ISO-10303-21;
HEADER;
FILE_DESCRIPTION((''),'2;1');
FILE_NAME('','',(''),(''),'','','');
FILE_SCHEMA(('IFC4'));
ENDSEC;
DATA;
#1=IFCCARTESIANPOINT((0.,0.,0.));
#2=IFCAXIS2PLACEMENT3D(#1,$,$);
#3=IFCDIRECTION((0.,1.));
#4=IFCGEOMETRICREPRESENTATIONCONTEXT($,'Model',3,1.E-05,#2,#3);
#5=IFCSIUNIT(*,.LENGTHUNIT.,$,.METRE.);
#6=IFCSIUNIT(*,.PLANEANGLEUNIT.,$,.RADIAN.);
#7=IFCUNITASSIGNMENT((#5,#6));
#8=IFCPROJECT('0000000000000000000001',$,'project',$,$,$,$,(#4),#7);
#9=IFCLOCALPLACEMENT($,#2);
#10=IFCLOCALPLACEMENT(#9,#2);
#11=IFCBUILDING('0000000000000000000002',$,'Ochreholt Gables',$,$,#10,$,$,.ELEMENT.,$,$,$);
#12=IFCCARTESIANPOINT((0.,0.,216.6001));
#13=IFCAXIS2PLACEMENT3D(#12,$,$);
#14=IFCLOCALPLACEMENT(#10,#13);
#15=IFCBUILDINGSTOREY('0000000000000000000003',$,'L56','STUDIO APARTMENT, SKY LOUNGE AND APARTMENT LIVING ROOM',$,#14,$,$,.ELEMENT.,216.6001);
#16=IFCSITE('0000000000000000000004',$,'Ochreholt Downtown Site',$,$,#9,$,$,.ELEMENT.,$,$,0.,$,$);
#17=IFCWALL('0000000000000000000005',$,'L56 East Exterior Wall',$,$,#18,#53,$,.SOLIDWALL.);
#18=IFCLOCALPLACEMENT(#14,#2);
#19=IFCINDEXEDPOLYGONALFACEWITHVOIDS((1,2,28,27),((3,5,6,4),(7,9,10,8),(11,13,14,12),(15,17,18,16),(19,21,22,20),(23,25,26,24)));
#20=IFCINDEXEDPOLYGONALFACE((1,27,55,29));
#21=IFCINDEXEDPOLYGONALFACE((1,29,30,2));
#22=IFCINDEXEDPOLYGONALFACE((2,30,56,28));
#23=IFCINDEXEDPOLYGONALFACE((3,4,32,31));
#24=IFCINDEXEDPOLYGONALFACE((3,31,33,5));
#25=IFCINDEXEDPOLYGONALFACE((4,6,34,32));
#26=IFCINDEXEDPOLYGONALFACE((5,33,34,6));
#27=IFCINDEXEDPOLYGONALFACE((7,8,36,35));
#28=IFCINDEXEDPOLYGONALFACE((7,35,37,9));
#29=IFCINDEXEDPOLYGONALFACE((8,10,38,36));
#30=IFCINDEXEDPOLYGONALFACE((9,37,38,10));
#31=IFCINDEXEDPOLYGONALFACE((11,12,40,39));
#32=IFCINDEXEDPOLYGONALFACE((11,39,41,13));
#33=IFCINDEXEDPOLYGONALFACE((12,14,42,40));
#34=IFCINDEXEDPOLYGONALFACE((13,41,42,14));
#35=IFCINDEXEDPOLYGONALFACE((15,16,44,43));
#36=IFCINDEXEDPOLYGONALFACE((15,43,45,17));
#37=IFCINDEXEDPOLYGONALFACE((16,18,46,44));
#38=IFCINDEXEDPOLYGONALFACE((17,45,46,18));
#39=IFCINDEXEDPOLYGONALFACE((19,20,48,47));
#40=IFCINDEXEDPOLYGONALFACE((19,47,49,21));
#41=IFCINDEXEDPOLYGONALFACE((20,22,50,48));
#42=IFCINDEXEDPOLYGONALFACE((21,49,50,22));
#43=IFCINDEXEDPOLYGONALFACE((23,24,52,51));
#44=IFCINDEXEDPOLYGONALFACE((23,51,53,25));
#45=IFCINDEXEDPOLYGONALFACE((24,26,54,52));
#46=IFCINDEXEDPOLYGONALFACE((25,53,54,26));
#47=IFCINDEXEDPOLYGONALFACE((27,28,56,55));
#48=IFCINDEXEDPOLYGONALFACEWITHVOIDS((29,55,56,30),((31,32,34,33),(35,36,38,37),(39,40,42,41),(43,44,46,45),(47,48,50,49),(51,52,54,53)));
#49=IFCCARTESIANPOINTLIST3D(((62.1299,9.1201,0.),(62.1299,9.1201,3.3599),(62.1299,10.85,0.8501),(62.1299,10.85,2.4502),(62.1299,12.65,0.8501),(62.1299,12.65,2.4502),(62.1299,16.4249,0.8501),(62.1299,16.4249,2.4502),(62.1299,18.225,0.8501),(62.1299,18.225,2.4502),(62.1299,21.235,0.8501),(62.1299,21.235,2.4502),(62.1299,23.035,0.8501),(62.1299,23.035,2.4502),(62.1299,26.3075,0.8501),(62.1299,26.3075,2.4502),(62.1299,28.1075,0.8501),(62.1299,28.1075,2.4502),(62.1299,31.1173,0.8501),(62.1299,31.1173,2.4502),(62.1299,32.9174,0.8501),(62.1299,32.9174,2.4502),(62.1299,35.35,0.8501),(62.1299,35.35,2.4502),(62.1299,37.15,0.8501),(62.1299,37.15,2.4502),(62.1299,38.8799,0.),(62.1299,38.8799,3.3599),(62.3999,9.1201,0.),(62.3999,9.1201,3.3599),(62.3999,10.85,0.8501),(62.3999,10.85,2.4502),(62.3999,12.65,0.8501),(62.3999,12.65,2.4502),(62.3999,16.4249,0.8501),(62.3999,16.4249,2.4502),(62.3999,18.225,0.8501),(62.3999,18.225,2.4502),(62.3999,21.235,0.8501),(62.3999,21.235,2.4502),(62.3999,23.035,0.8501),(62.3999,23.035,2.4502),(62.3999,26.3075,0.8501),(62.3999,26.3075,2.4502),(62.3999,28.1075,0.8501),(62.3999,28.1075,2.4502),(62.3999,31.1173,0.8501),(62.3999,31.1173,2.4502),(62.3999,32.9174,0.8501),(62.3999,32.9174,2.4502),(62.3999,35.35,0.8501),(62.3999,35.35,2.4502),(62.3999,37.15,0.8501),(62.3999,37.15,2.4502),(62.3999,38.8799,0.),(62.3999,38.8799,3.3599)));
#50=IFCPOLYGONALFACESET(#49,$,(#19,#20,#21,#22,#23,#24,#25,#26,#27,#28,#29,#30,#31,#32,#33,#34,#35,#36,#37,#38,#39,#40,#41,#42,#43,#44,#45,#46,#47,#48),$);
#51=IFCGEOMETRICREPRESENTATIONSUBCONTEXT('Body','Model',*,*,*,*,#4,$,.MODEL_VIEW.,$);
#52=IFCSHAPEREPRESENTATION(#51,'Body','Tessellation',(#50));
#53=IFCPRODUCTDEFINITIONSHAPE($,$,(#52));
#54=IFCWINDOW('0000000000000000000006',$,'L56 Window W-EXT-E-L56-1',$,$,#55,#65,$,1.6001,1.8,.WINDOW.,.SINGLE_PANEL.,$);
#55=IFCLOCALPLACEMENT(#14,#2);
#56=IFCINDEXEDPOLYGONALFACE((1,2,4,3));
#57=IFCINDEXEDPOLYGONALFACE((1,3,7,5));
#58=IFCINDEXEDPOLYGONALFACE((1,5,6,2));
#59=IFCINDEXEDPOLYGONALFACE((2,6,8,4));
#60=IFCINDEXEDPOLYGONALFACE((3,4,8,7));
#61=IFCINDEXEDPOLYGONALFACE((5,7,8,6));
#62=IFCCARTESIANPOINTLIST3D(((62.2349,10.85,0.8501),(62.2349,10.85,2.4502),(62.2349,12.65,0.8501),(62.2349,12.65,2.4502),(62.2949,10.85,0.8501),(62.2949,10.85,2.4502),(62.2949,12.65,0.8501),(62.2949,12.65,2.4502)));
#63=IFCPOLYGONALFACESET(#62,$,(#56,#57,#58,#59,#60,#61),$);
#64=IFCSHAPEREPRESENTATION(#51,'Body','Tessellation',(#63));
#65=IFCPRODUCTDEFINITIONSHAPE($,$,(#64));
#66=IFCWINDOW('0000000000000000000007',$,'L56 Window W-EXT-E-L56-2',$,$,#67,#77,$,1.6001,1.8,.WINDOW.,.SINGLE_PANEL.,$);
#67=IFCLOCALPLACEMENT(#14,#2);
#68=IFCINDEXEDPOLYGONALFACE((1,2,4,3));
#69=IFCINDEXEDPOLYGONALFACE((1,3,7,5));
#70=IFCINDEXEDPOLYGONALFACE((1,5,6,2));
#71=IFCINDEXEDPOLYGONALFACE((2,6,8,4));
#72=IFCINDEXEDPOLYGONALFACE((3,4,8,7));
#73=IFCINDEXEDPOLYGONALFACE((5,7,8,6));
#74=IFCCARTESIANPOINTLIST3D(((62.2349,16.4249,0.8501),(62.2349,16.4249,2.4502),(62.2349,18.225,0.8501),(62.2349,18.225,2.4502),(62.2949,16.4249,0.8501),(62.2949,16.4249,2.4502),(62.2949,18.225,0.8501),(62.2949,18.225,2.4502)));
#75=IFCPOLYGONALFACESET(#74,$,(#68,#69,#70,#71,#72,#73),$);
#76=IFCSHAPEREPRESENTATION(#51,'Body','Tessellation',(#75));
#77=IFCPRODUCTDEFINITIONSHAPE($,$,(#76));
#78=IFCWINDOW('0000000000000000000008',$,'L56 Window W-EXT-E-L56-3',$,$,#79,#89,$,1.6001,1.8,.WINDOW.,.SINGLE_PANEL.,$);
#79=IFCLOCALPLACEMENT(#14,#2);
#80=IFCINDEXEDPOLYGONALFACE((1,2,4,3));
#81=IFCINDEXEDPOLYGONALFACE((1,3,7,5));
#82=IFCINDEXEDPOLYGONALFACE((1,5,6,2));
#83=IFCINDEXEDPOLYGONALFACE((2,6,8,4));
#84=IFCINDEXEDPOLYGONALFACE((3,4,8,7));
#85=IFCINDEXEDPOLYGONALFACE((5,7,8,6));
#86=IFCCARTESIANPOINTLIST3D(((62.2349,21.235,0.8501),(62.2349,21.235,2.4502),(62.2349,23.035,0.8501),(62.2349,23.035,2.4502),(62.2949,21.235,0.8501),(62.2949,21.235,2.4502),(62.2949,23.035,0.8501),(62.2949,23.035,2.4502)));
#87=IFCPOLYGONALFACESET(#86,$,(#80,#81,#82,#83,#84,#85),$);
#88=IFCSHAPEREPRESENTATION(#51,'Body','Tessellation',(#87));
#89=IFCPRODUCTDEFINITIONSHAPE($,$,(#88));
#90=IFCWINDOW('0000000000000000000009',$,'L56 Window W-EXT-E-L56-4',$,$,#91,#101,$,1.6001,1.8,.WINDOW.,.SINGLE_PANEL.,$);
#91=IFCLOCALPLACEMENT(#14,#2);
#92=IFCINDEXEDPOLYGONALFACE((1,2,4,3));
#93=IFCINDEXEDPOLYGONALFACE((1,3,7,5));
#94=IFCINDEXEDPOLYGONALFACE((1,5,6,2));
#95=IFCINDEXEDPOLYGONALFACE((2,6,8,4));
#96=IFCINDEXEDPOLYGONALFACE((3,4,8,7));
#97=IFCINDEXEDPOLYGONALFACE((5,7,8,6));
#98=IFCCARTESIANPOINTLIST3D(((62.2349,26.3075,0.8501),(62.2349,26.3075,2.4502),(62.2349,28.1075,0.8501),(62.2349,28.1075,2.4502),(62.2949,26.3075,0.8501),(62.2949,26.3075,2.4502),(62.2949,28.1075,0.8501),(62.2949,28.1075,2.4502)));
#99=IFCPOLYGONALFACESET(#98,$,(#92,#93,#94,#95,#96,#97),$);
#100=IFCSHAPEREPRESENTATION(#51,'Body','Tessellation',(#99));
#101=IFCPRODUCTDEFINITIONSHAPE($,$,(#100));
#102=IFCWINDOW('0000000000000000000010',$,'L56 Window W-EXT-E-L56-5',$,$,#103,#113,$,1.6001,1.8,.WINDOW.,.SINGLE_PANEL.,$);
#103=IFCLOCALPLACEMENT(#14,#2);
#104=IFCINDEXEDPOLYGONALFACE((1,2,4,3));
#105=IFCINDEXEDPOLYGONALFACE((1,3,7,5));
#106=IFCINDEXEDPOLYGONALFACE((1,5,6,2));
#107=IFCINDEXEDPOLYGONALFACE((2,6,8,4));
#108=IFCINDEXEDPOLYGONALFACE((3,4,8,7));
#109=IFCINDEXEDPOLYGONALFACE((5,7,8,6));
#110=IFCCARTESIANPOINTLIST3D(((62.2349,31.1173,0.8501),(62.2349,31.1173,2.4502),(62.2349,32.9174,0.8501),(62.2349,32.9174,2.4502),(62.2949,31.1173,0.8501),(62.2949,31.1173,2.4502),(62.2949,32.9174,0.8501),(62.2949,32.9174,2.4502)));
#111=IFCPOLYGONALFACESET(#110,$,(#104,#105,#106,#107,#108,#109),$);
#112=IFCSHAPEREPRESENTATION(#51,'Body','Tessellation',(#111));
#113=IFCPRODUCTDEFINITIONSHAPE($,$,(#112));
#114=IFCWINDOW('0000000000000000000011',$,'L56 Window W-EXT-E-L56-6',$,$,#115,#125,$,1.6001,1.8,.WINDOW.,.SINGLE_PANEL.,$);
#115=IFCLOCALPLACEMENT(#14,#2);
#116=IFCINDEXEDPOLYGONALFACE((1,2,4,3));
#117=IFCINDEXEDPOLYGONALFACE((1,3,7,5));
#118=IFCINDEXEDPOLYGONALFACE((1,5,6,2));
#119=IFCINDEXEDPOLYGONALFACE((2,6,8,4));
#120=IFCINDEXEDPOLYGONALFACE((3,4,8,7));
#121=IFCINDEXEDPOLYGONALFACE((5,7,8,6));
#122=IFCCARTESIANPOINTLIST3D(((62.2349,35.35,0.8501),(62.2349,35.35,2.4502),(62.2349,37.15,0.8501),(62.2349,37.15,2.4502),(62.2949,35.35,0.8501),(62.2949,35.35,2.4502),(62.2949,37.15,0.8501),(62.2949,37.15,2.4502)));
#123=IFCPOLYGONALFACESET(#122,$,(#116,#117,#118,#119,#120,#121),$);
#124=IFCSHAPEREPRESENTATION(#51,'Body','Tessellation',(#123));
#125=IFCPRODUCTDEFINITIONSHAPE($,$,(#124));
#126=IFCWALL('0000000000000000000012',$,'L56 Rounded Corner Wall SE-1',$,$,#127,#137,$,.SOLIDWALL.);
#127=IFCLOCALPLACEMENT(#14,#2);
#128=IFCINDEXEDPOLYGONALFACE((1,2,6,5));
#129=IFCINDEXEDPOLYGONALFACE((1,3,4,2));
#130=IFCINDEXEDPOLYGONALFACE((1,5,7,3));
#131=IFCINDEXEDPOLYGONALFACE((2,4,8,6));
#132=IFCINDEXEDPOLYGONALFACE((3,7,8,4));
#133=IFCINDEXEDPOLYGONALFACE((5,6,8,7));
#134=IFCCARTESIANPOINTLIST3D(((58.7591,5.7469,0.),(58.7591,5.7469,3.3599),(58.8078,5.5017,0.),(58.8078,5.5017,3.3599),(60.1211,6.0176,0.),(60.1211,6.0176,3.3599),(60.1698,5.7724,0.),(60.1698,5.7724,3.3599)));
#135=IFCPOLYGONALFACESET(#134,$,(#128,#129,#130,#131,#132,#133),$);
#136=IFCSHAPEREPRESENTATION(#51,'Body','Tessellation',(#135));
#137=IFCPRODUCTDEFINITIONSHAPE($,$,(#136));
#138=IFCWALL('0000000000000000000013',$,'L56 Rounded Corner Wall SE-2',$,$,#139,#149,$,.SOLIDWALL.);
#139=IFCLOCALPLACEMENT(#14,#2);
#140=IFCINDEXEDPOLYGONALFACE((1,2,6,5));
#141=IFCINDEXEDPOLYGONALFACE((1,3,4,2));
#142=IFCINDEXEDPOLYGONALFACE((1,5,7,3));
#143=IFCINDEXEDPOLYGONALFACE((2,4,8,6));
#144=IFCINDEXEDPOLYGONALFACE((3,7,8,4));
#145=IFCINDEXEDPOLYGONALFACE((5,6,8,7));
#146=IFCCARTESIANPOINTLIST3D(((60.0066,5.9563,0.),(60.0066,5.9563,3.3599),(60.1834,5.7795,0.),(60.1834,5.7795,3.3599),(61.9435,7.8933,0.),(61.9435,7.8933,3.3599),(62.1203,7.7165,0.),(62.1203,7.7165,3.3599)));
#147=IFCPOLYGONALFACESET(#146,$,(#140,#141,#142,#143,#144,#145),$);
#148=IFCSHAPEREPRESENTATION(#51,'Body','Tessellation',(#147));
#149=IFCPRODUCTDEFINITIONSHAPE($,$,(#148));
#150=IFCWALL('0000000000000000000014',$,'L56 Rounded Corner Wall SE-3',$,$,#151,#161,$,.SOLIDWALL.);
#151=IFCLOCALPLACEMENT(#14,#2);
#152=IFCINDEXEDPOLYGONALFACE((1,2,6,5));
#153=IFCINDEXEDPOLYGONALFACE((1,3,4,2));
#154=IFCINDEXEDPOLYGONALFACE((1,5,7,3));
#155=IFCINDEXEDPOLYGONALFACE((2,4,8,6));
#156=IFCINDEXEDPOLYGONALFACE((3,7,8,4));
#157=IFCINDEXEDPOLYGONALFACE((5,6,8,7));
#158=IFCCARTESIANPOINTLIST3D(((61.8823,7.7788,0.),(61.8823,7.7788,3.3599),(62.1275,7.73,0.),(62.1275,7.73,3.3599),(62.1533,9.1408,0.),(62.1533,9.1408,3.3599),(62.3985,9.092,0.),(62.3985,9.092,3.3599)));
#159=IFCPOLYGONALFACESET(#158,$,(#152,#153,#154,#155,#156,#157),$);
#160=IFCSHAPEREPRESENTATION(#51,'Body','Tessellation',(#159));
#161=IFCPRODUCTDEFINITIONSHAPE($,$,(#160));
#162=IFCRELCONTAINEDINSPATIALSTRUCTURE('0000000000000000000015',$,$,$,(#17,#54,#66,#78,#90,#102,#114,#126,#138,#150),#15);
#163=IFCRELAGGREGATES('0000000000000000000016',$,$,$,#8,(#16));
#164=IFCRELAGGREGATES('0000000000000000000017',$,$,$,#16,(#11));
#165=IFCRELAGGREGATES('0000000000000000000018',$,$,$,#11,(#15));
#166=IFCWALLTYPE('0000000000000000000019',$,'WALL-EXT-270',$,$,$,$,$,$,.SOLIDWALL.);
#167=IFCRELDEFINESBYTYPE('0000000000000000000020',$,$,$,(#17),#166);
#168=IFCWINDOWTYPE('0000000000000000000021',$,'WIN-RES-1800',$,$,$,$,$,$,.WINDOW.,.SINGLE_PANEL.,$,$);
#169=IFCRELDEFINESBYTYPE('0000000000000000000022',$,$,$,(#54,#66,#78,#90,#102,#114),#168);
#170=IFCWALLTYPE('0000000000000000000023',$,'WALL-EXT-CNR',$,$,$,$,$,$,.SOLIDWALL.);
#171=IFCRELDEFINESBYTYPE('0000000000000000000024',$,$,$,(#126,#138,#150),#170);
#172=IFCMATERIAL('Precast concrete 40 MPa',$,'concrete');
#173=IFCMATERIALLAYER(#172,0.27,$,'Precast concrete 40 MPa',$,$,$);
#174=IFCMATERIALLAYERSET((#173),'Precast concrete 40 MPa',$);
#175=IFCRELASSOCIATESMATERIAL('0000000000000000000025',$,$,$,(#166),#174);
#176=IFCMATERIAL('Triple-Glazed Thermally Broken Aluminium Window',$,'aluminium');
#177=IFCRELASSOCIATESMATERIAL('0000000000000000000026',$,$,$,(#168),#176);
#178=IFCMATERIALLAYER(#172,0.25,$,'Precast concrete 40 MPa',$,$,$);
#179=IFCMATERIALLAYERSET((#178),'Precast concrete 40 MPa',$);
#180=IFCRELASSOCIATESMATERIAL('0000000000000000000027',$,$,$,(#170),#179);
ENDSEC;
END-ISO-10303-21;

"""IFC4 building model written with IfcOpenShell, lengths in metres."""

from ifc_helpers import new_model, si_unit, direction, frame, frame_2d, origin, place, context, subcontext, project, spatial, rectangle, extrude, material, layer, layer_set, type_object, element, fill, save


model = new_model("IFC4")

# Units and contexts
model_context = context("Model", 3, precision=1e-05, world=origin(), true_north=direction((0.0, 1.0)))
body_context = subcontext(model_context, "Body", "Model", "MODEL_VIEW")
ifc_project = project(units=[si_unit("LENGTHUNIT", "METRE"), si_unit("PLANEANGLEUNIT", "RADIAN")], contexts=[model_context])

# Site, building, storey
site_placement = place(None, origin())
site = spatial("IfcSite", under=ifc_project, at=site_placement, Name="Ochreholt Downtown Site", CompositionType="ELEMENT", RefElevation=0.0)
building_placement = place(site_placement, origin())
building = spatial("IfcBuilding", under=site, at=building_placement, Name="Ochreholt Gables", CompositionType="ELEMENT")
storey_placement = place(building_placement, frame((0.0, 0.0, 216.6001)))
storey = spatial("IfcBuildingStorey", under=building, at=storey_placement, Name="L56", Description="STUDIO APARTMENT, SKY LOUNGE AND APARTMENT LIVING ROOM", CompositionType="ELEMENT", Elevation=216.6001)

# Wall, openings, windows
ifc_material_1 = material(Name="Precast concrete 40 MPa", Category="concrete")
ifc_layer_1 = layer(ifc_material_1, 0.27, Name="Precast concrete 40 MPa")
ifc_layer_set_1 = layer_set([ifc_layer_1], Name="Precast concrete 40 MPa")
wall_type_1 = type_object("IfcWallType", Name="WALL-EXT-270", PredefinedType="SOLIDWALL", material=ifc_layer_set_1)
wall_1_placement = place(storey_placement, frame((62.2649, 9.1201, 0.0), z_axis=(0.0, 0.0, 1.0), x_axis=(0.0, 1.0, 0.0)))
wall_1 = element("IfcWall", 1, at=wall_1_placement, inside=storey, type_object=wall_type_1, Name="L56 East Exterior Wall", PredefinedType="SOLIDWALL", context=body_context, shape_type="SweptSolid", body=[
    extrude(rectangle(XDim=29.7598, YDim=0.27, at=frame_2d((14.8799, 0.0))), origin(), (0.0, 0.0, 1.0), 3.3599),
])
opening_1_placement = place(wall_1_placement, frame((1.73, 0.0, 0.8501)))
opening_1 = element("IfcOpeningElement", 2, at=opening_1_placement, cuts=wall_1, PredefinedType="OPENING", context=body_context, shape_type="SweptSolid", body=[
    extrude(rectangle(XDim=1.8, YDim=1.6001, at=frame_2d((0.8999, 0.8))), frame((0.0, 0.145, 0.0), z_axis=(0.0, -1.0, 0.0), x_axis=(1.0, 0.0, 0.0)), (0.0, 0.0, 1.0), 0.29),
])
opening_2_placement = place(wall_1_placement, frame((7.3049, 0.0, 0.8501)))
opening_2 = element("IfcOpeningElement", 3, at=opening_2_placement, cuts=wall_1, PredefinedType="OPENING", context=body_context, shape_type="SweptSolid", body=[
    extrude(rectangle(XDim=1.8, YDim=1.6001, at=frame_2d((0.8999, 0.8))), frame((0.0, 0.145, 0.0), z_axis=(0.0, -1.0, 0.0), x_axis=(1.0, 0.0, 0.0)), (0.0, 0.0, 1.0), 0.29),
])
opening_3_placement = place(wall_1_placement, frame((12.115, 0.0, 0.8501)))
opening_3 = element("IfcOpeningElement", 4, at=opening_3_placement, cuts=wall_1, PredefinedType="OPENING", context=body_context, shape_type="SweptSolid", body=[
    extrude(rectangle(XDim=1.8, YDim=1.6001, at=frame_2d((0.8999, 0.8))), frame((0.0, 0.145, 0.0), z_axis=(0.0, -1.0, 0.0), x_axis=(1.0, 0.0, 0.0)), (0.0, 0.0, 1.0), 0.29),
])
opening_4_placement = place(wall_1_placement, frame((17.1875, 0.0, 0.8501)))
opening_4 = element("IfcOpeningElement", 5, at=opening_4_placement, cuts=wall_1, PredefinedType="OPENING", context=body_context, shape_type="SweptSolid", body=[
    extrude(rectangle(XDim=1.8, YDim=1.6001, at=frame_2d((0.8999, 0.8))), frame((0.0, 0.145, 0.0), z_axis=(0.0, -1.0, 0.0), x_axis=(1.0, 0.0, 0.0)), (0.0, 0.0, 1.0), 0.29),
])
opening_5_placement = place(wall_1_placement, frame((21.9973, 0.0, 0.8501)))
opening_5 = element("IfcOpeningElement", 6, at=opening_5_placement, cuts=wall_1, PredefinedType="OPENING", context=body_context, shape_type="SweptSolid", body=[
    extrude(rectangle(XDim=1.8, YDim=1.6001, at=frame_2d((0.8999, 0.8))), frame((0.0, 0.145, 0.0), z_axis=(0.0, -1.0, 0.0), x_axis=(1.0, 0.0, 0.0)), (0.0, 0.0, 1.0), 0.29),
])
opening_6_placement = place(wall_1_placement, frame((26.23, 0.0, 0.8501)))
opening_6 = element("IfcOpeningElement", 7, at=opening_6_placement, cuts=wall_1, PredefinedType="OPENING", context=body_context, shape_type="SweptSolid", body=[
    extrude(rectangle(XDim=1.8, YDim=1.6001, at=frame_2d((0.8999, 0.8))), frame((0.0, 0.145, 0.0), z_axis=(0.0, -1.0, 0.0), x_axis=(1.0, 0.0, 0.0)), (0.0, 0.0, 1.0), 0.29),
])
ifc_material_2 = material(Name="Triple-Glazed Thermally Broken Aluminium Window", Category="aluminium")
window_type = type_object("IfcWindowType", Name="WIN-RES-1800", PartitioningType="SINGLE_PANEL", PredefinedType="WINDOW", material=ifc_material_2)
window_1_placement = place(opening_1_placement, origin())
window_1 = element("IfcWindow", 8, at=window_1_placement, inside=storey, type_object=window_type, Name="L56 Window W-EXT-E-L56-1", OverallHeight=1.6001, OverallWidth=1.8, PartitioningType="SINGLE_PANEL", PredefinedType="WINDOW", context=body_context, shape_type="SweptSolid", body=[
    extrude(rectangle(XDim=1.8, YDim=1.6001, at=frame_2d((0.8999, 0.8))), frame((0.0, 0.03, 0.0), z_axis=(0.0, -1.0, 0.0), x_axis=(1.0, 0.0, 0.0)), (0.0, 0.0, 1.0), 0.0601),
])
fill(opening_1, window_1)
window_2_placement = place(opening_2_placement, origin())
window_2 = element("IfcWindow", 9, at=window_2_placement, inside=storey, type_object=window_type, Name="L56 Window W-EXT-E-L56-2", OverallHeight=1.6001, OverallWidth=1.8, PartitioningType="SINGLE_PANEL", PredefinedType="WINDOW", context=body_context, shape_type="SweptSolid", body=[
    extrude(rectangle(XDim=1.8, YDim=1.6001, at=frame_2d((0.8999, 0.8))), frame((0.0, 0.03, 0.0), z_axis=(0.0, -1.0, 0.0), x_axis=(1.0, 0.0, 0.0)), (0.0, 0.0, 1.0), 0.0601),
])
fill(opening_2, window_2)
window_3_placement = place(opening_3_placement, origin())
window_3 = element("IfcWindow", 10, at=window_3_placement, inside=storey, type_object=window_type, Name="L56 Window W-EXT-E-L56-3", OverallHeight=1.6001, OverallWidth=1.8, PartitioningType="SINGLE_PANEL", PredefinedType="WINDOW", context=body_context, shape_type="SweptSolid", body=[
    extrude(rectangle(XDim=1.8, YDim=1.6001, at=frame_2d((0.8999, 0.8))), frame((0.0, 0.03, 0.0), z_axis=(0.0, -1.0, 0.0), x_axis=(1.0, 0.0, 0.0)), (0.0, 0.0, 1.0), 0.0601),
])
fill(opening_3, window_3)
window_4_placement = place(opening_4_placement, origin())
window_4 = element("IfcWindow", 11, at=window_4_placement, inside=storey, type_object=window_type, Name="L56 Window W-EXT-E-L56-4", OverallHeight=1.6001, OverallWidth=1.8, PartitioningType="SINGLE_PANEL", PredefinedType="WINDOW", context=body_context, shape_type="SweptSolid", body=[
    extrude(rectangle(XDim=1.8, YDim=1.6001, at=frame_2d((0.8999, 0.8))), frame((0.0, 0.03, 0.0), z_axis=(0.0, -1.0, 0.0), x_axis=(1.0, 0.0, 0.0)), (0.0, 0.0, 1.0), 0.0601),
])
fill(opening_4, window_4)
window_5_placement = place(opening_5_placement, origin())
window_5 = element("IfcWindow", 12, at=window_5_placement, inside=storey, type_object=window_type, Name="L56 Window W-EXT-E-L56-5", OverallHeight=1.6001, OverallWidth=1.8, PartitioningType="SINGLE_PANEL", PredefinedType="WINDOW", context=body_context, shape_type="SweptSolid", body=[
    extrude(rectangle(XDim=1.8, YDim=1.6001, at=frame_2d((0.8999, 0.8))), frame((0.0, 0.03, 0.0), z_axis=(0.0, -1.0, 0.0), x_axis=(1.0, 0.0, 0.0)), (0.0, 0.0, 1.0), 0.0601),
])
fill(opening_5, window_5)
window_6_placement = place(opening_6_placement, origin())
window_6 = element("IfcWindow", 13, at=window_6_placement, inside=storey, type_object=window_type, Name="L56 Window W-EXT-E-L56-6", OverallHeight=1.6001, OverallWidth=1.8, PartitioningType="SINGLE_PANEL", PredefinedType="WINDOW", context=body_context, shape_type="SweptSolid", body=[
    extrude(rectangle(XDim=1.8, YDim=1.6001, at=frame_2d((0.8999, 0.8))), frame((0.0, 0.03, 0.0), z_axis=(0.0, -1.0, 0.0), x_axis=(1.0, 0.0, 0.0)), (0.0, 0.0, 1.0), 0.0601),
])
fill(opening_6, window_6)

# Walls
ifc_layer_2 = layer(ifc_material_1, 0.25, Name="Precast concrete 40 MPa")
ifc_layer_set_2 = layer_set([ifc_layer_2], Name="Precast concrete 40 MPa")
wall_type_2 = type_object("IfcWallType", Name="WALL-EXT-CNR", PredefinedType="SOLIDWALL", material=ifc_layer_set_2)
wall_2_placement = place(storey_placement, frame((58.7834, 5.6243, 0.0), z_axis=(0.0, 0.0, 1.0), x_axis=(0.98081, 0.194967, 0.0)))
element("IfcWall", 14, at=wall_2_placement, inside=storey, type_object=wall_type_2, Name="L56 Rounded Corner Wall SE-1", PredefinedType="SOLIDWALL", context=body_context, shape_type="SweptSolid", body=[
    extrude(rectangle(XDim=1.3887, YDim=0.25, at=frame_2d((0.6943, 0.0))), origin(), (0.0, 0.0, 1.0), 3.3599),
])
wall_3_placement = place(storey_placement, frame((60.095, 5.8679, 0.0), z_axis=(0.0, 0.0, 1.0), x_axis=(0.707107, 0.707107, 0.0)))
element("IfcWall", 15, at=wall_3_placement, inside=storey, type_object=wall_type_2, Name="L56 Rounded Corner Wall SE-2", PredefinedType="SOLIDWALL", context=body_context, shape_type="SweptSolid", body=[
    extrude(rectangle(XDim=2.7393, YDim=0.25, at=frame_2d((1.3696, 0.0))), origin(), (0.0, 0.0, 1.0), 3.3599),
])
wall_4_placement = place(storey_placement, frame((62.0049, 7.7544, 0.0), z_axis=(0.0, 0.0, 1.0), x_axis=(0.195136, 0.980776, 0.0)))
element("IfcWall", 16, at=wall_4_placement, inside=storey, type_object=wall_type_2, Name="L56 Rounded Corner Wall SE-3", PredefinedType="SOLIDWALL", context=body_context, shape_type="SweptSolid", body=[
    extrude(rectangle(XDim=1.3887, YDim=0.25, at=frame_2d((0.6943, 0.0))), origin(), (0.0, 0.0, 1.0), 3.3599),
])

save(model, "model.ifc")
